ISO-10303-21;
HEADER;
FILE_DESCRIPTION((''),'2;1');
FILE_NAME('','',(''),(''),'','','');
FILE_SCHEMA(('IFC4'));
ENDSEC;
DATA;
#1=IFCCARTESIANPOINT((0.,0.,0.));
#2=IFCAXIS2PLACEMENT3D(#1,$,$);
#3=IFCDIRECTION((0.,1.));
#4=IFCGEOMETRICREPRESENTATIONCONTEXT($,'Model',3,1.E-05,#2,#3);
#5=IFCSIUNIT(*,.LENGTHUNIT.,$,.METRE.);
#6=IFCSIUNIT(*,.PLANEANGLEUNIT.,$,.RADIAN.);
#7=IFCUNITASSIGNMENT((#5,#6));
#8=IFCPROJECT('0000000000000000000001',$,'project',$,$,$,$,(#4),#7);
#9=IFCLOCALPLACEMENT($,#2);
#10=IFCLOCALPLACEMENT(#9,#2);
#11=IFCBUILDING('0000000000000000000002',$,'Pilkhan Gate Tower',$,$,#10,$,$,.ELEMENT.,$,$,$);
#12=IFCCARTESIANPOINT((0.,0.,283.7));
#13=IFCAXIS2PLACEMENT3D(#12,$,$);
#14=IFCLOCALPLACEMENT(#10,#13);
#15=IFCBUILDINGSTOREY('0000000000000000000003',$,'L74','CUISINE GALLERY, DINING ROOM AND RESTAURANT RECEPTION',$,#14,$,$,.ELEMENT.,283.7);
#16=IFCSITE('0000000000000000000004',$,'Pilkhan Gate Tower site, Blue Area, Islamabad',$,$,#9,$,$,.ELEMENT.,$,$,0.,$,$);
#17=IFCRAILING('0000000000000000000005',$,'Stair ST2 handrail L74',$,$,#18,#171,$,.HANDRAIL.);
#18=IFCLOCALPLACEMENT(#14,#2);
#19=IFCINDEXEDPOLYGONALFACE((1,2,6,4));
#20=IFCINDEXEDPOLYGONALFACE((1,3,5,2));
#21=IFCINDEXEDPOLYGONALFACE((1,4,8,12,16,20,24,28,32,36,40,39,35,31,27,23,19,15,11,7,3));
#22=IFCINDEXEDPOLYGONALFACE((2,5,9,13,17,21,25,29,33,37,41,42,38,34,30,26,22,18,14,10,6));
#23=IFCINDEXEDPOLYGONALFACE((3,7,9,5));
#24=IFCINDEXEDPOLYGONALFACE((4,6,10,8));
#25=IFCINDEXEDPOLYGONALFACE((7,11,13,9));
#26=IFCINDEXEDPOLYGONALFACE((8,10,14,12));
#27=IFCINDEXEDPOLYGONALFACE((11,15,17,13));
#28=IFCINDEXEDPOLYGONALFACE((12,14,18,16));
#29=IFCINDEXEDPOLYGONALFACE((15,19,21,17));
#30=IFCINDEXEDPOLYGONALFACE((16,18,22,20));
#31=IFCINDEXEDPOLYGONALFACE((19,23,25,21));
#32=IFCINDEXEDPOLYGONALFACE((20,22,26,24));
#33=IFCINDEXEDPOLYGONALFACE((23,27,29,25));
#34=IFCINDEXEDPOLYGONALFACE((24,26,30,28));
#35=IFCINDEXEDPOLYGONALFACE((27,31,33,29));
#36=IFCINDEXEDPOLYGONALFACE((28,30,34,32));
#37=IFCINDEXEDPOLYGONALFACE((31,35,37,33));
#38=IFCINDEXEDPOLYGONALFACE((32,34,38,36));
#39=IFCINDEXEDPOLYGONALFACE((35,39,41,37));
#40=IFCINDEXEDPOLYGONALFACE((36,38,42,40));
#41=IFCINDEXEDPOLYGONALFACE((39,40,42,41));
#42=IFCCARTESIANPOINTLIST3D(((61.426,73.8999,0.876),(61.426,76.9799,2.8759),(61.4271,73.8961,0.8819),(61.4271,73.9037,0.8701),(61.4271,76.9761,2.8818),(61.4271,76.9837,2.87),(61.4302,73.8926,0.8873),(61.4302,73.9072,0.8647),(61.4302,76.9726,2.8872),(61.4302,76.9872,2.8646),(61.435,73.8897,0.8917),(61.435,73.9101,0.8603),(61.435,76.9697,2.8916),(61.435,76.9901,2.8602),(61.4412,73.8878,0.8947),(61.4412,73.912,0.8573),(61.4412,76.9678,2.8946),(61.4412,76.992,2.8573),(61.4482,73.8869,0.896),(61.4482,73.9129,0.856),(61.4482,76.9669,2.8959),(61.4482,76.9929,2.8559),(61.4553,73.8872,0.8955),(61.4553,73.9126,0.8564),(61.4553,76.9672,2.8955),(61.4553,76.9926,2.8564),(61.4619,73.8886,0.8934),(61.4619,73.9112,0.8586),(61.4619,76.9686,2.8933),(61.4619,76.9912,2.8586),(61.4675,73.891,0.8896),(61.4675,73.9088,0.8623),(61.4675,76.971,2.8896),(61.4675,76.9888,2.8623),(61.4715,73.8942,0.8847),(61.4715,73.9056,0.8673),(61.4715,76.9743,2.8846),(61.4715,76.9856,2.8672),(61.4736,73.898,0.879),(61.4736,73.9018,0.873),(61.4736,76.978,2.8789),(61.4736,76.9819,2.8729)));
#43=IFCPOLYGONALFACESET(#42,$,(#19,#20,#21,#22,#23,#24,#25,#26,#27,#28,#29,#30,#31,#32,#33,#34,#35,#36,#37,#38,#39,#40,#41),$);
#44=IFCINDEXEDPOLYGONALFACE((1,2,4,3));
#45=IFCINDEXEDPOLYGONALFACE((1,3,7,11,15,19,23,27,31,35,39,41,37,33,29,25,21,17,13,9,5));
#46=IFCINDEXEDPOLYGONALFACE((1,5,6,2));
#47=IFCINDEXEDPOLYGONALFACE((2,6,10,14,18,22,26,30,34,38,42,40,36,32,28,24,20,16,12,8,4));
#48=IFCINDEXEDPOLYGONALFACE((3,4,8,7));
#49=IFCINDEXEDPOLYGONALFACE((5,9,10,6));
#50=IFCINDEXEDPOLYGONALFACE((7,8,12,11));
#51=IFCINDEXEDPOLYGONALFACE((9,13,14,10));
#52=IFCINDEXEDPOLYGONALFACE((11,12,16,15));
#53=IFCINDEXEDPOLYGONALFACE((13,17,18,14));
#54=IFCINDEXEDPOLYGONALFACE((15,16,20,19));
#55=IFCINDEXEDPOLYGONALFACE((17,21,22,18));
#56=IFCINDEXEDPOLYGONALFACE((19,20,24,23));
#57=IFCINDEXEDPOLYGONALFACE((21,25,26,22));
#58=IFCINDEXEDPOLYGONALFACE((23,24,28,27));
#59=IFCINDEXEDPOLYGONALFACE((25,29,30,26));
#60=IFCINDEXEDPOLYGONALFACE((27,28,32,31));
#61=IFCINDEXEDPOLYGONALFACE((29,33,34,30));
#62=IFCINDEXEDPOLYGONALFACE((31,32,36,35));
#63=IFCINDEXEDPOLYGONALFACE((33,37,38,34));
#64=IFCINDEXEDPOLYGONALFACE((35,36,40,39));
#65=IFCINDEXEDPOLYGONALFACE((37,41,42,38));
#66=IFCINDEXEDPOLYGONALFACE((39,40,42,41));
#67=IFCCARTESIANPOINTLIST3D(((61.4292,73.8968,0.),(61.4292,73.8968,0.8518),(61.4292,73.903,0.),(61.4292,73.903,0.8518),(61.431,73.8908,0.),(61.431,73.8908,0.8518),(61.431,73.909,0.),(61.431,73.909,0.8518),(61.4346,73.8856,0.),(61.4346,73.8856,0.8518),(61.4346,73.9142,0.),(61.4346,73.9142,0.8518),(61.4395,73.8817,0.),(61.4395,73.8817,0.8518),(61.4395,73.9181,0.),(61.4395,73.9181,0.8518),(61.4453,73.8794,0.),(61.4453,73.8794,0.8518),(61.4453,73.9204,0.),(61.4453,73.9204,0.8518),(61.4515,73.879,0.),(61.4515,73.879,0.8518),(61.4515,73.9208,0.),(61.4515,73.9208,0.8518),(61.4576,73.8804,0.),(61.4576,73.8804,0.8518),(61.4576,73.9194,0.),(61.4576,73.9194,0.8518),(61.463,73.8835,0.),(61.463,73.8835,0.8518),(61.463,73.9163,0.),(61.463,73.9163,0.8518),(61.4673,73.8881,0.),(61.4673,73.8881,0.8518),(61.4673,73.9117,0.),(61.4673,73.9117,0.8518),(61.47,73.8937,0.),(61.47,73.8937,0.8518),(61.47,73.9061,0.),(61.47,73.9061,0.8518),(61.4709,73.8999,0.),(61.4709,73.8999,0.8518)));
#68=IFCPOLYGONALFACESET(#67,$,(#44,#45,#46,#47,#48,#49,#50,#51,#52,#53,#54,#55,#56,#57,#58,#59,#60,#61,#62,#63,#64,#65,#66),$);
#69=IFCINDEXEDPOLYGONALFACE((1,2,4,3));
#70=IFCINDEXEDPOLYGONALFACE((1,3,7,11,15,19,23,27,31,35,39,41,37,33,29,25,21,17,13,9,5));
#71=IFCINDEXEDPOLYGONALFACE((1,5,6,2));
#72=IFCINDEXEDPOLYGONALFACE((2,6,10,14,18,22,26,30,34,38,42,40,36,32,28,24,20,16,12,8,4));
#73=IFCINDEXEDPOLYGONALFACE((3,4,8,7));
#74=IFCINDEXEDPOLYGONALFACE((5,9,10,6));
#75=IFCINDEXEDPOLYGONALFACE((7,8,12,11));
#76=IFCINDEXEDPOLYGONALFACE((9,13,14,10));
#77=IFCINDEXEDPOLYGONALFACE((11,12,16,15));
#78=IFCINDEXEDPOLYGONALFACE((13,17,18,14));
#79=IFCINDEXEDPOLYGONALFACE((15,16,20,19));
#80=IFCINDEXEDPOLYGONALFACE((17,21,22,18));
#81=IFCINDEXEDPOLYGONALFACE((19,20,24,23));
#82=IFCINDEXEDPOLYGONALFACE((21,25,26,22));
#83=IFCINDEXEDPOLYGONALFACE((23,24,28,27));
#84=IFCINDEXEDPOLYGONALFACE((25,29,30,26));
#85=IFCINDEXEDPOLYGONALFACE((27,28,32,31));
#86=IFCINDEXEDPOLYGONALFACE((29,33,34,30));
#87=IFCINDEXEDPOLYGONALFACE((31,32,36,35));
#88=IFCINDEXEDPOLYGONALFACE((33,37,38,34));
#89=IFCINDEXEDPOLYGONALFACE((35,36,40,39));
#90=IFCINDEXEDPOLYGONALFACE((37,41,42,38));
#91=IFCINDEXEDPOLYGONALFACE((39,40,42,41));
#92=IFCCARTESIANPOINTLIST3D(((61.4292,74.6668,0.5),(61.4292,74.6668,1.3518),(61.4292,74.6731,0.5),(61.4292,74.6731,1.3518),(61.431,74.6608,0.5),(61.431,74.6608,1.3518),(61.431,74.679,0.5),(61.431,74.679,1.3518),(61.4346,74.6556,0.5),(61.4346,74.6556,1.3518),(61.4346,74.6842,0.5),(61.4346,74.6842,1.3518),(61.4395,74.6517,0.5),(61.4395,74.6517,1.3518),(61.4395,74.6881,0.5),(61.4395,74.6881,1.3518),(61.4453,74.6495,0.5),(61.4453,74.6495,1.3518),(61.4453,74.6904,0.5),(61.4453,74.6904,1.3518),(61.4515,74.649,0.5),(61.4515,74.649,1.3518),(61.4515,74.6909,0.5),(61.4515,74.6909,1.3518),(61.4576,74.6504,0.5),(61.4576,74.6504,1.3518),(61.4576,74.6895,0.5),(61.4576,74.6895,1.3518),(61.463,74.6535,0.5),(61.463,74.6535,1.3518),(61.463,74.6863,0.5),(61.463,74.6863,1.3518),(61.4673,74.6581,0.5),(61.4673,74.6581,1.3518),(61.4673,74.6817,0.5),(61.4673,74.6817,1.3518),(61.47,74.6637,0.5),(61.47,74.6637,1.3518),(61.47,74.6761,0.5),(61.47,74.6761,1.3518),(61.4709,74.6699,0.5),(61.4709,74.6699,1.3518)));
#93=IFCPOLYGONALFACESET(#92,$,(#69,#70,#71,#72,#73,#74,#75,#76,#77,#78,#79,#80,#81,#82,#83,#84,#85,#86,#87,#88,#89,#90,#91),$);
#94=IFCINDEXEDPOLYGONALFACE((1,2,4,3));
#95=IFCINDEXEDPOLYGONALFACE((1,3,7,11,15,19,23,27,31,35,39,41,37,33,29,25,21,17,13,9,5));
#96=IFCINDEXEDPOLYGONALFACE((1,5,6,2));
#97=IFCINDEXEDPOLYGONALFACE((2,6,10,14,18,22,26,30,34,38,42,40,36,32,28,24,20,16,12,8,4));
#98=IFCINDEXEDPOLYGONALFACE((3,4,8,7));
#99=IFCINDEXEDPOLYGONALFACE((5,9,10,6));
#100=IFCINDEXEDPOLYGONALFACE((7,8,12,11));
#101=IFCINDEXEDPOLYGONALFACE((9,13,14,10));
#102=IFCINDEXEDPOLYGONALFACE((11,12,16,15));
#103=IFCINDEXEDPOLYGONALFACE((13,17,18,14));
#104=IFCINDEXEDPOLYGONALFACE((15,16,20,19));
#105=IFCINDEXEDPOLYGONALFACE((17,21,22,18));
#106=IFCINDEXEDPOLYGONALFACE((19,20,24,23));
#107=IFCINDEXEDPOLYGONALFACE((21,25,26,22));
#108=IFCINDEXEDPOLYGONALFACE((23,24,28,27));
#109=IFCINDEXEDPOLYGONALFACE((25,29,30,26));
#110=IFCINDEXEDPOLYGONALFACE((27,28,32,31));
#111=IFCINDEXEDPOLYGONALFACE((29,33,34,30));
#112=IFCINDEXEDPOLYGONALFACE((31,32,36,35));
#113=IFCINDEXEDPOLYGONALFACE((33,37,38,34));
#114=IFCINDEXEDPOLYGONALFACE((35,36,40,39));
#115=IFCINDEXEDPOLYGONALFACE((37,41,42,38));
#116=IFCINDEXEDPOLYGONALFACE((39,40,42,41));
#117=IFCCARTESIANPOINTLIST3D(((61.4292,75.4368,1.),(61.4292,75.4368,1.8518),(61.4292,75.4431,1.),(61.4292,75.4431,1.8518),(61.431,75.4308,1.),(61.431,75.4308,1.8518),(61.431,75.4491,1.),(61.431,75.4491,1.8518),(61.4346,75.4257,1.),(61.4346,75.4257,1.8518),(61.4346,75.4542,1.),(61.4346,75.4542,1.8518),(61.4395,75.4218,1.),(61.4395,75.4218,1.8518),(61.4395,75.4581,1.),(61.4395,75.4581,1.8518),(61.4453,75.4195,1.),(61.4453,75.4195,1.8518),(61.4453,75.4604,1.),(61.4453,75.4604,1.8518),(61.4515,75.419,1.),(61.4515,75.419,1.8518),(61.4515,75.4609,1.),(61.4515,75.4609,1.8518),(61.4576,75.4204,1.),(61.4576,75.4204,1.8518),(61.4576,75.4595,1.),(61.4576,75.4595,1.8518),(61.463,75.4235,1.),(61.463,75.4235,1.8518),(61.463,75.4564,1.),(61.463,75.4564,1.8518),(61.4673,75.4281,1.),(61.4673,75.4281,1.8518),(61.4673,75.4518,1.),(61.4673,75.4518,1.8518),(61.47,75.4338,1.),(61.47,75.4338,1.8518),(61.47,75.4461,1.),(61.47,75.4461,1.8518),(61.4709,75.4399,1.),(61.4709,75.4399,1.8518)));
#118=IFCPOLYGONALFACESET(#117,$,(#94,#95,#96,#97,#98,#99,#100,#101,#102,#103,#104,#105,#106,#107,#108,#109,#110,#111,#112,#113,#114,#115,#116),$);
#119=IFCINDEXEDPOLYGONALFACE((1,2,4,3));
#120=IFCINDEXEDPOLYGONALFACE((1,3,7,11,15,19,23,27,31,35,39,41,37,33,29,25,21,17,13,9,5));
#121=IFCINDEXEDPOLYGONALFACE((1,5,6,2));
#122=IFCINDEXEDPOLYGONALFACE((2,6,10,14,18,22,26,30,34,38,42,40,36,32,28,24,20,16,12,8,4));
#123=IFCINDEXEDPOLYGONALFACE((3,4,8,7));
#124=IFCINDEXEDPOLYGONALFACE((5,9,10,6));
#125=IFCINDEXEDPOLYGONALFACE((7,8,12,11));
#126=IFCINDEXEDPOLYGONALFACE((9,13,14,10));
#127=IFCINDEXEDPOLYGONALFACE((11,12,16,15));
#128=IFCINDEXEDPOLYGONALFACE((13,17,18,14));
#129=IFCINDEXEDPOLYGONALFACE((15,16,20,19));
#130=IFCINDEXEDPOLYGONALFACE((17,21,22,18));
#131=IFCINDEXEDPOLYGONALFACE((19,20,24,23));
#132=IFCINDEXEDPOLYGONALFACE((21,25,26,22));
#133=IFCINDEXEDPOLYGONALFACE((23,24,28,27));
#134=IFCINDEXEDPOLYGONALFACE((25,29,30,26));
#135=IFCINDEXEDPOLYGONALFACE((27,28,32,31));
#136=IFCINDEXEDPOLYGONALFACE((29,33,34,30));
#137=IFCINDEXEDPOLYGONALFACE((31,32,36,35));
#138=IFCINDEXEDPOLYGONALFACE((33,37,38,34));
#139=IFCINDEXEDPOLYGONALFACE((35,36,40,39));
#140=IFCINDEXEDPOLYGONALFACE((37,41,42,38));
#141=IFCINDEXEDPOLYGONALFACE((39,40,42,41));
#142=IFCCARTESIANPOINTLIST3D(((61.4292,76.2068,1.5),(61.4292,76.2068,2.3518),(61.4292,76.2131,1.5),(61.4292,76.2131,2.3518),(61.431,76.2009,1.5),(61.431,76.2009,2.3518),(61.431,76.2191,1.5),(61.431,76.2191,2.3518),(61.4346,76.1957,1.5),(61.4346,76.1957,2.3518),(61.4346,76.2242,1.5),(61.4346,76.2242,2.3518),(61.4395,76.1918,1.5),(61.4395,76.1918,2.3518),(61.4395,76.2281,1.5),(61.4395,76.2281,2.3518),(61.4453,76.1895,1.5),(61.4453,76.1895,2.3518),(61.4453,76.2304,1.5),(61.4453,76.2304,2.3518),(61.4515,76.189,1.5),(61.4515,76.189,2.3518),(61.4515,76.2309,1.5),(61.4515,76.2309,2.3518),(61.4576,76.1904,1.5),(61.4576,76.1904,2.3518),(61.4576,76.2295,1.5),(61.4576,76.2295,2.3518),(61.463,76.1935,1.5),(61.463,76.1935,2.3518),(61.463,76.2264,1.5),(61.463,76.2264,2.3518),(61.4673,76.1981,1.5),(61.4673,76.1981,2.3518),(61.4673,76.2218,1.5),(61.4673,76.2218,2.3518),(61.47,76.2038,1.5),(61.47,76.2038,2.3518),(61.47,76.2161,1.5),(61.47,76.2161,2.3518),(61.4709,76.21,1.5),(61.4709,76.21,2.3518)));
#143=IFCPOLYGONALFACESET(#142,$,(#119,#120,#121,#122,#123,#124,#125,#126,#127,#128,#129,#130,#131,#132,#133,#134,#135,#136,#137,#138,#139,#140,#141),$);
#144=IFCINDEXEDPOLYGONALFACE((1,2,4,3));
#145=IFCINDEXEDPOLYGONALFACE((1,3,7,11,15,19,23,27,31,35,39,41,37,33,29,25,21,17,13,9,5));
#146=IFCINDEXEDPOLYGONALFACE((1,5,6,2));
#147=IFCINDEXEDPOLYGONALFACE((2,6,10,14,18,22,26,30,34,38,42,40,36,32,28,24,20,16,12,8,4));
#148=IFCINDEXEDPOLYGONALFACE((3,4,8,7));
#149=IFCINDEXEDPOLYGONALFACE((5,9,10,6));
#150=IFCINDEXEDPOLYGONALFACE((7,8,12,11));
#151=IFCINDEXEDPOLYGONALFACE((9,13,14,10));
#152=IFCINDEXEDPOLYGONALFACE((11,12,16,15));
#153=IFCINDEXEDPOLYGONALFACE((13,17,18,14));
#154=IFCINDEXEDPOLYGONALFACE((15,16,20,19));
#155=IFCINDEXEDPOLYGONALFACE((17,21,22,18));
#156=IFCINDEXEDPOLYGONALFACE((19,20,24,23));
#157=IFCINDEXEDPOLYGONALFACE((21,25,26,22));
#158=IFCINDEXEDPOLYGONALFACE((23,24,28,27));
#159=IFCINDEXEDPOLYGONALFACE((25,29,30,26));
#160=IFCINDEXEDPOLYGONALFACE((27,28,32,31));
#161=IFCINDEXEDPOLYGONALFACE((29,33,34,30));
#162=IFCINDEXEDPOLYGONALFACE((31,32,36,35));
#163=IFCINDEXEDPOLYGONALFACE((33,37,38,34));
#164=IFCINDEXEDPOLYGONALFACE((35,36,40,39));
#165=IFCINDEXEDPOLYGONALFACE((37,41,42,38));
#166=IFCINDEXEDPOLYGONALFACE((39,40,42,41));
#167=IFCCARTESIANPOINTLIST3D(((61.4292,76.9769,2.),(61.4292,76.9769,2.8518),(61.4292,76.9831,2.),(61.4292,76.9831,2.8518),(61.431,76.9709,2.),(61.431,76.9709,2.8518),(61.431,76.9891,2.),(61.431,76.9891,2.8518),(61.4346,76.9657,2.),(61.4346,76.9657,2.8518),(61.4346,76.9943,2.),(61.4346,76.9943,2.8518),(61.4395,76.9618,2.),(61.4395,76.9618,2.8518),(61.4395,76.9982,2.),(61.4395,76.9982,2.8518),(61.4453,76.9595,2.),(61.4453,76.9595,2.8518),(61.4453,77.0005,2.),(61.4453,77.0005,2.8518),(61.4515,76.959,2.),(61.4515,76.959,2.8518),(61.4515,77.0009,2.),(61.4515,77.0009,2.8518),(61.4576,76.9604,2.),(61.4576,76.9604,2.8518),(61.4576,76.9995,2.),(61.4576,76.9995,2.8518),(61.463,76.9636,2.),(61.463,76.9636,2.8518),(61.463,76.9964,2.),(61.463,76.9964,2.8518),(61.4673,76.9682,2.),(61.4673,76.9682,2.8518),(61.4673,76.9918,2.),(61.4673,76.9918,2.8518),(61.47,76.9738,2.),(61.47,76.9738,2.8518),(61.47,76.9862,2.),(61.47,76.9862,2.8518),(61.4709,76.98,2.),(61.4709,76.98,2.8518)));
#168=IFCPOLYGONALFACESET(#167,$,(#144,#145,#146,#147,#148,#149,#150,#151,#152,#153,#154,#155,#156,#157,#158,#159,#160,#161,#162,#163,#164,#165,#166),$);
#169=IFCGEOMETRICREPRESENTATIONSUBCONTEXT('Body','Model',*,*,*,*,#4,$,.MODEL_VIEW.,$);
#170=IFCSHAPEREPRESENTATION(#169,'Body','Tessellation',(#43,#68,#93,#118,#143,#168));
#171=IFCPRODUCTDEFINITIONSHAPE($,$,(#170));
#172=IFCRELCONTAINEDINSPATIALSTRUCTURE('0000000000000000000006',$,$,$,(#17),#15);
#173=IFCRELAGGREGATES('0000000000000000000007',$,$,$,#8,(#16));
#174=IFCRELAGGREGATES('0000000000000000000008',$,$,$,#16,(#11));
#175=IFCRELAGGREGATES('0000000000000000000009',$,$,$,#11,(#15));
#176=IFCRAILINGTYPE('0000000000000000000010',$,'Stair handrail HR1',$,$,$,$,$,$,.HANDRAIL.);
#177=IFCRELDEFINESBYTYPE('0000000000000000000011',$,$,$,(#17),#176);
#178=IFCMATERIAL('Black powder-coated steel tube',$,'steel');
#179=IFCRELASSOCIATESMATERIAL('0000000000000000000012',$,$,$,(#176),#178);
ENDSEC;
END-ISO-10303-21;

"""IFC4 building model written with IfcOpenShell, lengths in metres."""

from ifc_helpers import new_model, si_unit, direction, frame, origin, origin_2d, place, context, subcontext, project, spatial, circle, extrude, material, type_object, element, save


model = new_model("IFC4")

# Units and contexts
model_context = context("Model", 3, precision=1e-05, world=origin(), true_north=direction((0.0, 1.0)))
body_context = subcontext(model_context, "Body", "Model", "MODEL_VIEW")
ifc_project = project(units=[si_unit("LENGTHUNIT", "METRE"), si_unit("PLANEANGLEUNIT", "RADIAN")], contexts=[model_context])

# Site, building, storey
site_placement = place(None, origin())
site = spatial("IfcSite", under=ifc_project, at=site_placement, Name="Pilkhan Gate Tower site, Blue Area, Islamabad", CompositionType="ELEMENT", RefElevation=0.0)
building_placement = place(site_placement, origin())
building = spatial("IfcBuilding", under=site, at=building_placement, Name="Pilkhan Gate Tower", CompositionType="ELEMENT")
storey_placement = place(building_placement, frame((0.0, 0.0, 283.7)))
storey = spatial("IfcBuildingStorey", under=building, at=storey_placement, Name="L74", Description="CUISINE GALLERY, DINING ROOM AND RESTAURANT RECEPTION", CompositionType="ELEMENT", Elevation=283.7)

# Railing
ifc_material_1 = material(Name="Black powder-coated steel tube", Category="steel")
railing_type_1 = type_object("IfcRailingType", Name="Stair handrail HR1", PredefinedType="HANDRAIL", material=ifc_material_1)
railing_1_placement = place(storey_placement, frame((61.45, 73.8999, 0.0)))
element("IfcRailing", 1, at=railing_1_placement, inside=storey, type_object=railing_type_1, Name="Stair ST2 handrail L74", PredefinedType="HANDRAIL", context=body_context, shape_type="SweptSolid", body=[
    extrude(circle(Radius=0.0239, at=origin_2d()), frame((0.0, 0.0, 0.876), z_axis=(0.0, 0.838699, 0.544596), x_axis=(-1.0, 0.0, 0.0)), (0.0, 0.0, 1.0), 3.6724),
    extrude(circle(Radius=0.021, at=origin_2d()), origin(), (0.0, 0.0, 1.0), 0.8518),
    extrude(circle(Radius=0.021, at=origin_2d()), frame((0.0, 0.77, 0.5)), (0.0, 0.0, 1.0), 0.8518),
    extrude(circle(Radius=0.021, at=origin_2d()), frame((0.0, 1.54, 1.0)), (0.0, 0.0, 1.0), 0.8518),
    extrude(circle(Radius=0.021, at=origin_2d()), frame((0.0, 2.3101, 1.5)), (0.0, 0.0, 1.0), 0.8518),
    extrude(circle(Radius=0.021, at=origin_2d()), frame((0.0, 3.0801, 2.0)), (0.0, 0.0, 1.0), 0.8518),
])

save(model, "model.ifc")
